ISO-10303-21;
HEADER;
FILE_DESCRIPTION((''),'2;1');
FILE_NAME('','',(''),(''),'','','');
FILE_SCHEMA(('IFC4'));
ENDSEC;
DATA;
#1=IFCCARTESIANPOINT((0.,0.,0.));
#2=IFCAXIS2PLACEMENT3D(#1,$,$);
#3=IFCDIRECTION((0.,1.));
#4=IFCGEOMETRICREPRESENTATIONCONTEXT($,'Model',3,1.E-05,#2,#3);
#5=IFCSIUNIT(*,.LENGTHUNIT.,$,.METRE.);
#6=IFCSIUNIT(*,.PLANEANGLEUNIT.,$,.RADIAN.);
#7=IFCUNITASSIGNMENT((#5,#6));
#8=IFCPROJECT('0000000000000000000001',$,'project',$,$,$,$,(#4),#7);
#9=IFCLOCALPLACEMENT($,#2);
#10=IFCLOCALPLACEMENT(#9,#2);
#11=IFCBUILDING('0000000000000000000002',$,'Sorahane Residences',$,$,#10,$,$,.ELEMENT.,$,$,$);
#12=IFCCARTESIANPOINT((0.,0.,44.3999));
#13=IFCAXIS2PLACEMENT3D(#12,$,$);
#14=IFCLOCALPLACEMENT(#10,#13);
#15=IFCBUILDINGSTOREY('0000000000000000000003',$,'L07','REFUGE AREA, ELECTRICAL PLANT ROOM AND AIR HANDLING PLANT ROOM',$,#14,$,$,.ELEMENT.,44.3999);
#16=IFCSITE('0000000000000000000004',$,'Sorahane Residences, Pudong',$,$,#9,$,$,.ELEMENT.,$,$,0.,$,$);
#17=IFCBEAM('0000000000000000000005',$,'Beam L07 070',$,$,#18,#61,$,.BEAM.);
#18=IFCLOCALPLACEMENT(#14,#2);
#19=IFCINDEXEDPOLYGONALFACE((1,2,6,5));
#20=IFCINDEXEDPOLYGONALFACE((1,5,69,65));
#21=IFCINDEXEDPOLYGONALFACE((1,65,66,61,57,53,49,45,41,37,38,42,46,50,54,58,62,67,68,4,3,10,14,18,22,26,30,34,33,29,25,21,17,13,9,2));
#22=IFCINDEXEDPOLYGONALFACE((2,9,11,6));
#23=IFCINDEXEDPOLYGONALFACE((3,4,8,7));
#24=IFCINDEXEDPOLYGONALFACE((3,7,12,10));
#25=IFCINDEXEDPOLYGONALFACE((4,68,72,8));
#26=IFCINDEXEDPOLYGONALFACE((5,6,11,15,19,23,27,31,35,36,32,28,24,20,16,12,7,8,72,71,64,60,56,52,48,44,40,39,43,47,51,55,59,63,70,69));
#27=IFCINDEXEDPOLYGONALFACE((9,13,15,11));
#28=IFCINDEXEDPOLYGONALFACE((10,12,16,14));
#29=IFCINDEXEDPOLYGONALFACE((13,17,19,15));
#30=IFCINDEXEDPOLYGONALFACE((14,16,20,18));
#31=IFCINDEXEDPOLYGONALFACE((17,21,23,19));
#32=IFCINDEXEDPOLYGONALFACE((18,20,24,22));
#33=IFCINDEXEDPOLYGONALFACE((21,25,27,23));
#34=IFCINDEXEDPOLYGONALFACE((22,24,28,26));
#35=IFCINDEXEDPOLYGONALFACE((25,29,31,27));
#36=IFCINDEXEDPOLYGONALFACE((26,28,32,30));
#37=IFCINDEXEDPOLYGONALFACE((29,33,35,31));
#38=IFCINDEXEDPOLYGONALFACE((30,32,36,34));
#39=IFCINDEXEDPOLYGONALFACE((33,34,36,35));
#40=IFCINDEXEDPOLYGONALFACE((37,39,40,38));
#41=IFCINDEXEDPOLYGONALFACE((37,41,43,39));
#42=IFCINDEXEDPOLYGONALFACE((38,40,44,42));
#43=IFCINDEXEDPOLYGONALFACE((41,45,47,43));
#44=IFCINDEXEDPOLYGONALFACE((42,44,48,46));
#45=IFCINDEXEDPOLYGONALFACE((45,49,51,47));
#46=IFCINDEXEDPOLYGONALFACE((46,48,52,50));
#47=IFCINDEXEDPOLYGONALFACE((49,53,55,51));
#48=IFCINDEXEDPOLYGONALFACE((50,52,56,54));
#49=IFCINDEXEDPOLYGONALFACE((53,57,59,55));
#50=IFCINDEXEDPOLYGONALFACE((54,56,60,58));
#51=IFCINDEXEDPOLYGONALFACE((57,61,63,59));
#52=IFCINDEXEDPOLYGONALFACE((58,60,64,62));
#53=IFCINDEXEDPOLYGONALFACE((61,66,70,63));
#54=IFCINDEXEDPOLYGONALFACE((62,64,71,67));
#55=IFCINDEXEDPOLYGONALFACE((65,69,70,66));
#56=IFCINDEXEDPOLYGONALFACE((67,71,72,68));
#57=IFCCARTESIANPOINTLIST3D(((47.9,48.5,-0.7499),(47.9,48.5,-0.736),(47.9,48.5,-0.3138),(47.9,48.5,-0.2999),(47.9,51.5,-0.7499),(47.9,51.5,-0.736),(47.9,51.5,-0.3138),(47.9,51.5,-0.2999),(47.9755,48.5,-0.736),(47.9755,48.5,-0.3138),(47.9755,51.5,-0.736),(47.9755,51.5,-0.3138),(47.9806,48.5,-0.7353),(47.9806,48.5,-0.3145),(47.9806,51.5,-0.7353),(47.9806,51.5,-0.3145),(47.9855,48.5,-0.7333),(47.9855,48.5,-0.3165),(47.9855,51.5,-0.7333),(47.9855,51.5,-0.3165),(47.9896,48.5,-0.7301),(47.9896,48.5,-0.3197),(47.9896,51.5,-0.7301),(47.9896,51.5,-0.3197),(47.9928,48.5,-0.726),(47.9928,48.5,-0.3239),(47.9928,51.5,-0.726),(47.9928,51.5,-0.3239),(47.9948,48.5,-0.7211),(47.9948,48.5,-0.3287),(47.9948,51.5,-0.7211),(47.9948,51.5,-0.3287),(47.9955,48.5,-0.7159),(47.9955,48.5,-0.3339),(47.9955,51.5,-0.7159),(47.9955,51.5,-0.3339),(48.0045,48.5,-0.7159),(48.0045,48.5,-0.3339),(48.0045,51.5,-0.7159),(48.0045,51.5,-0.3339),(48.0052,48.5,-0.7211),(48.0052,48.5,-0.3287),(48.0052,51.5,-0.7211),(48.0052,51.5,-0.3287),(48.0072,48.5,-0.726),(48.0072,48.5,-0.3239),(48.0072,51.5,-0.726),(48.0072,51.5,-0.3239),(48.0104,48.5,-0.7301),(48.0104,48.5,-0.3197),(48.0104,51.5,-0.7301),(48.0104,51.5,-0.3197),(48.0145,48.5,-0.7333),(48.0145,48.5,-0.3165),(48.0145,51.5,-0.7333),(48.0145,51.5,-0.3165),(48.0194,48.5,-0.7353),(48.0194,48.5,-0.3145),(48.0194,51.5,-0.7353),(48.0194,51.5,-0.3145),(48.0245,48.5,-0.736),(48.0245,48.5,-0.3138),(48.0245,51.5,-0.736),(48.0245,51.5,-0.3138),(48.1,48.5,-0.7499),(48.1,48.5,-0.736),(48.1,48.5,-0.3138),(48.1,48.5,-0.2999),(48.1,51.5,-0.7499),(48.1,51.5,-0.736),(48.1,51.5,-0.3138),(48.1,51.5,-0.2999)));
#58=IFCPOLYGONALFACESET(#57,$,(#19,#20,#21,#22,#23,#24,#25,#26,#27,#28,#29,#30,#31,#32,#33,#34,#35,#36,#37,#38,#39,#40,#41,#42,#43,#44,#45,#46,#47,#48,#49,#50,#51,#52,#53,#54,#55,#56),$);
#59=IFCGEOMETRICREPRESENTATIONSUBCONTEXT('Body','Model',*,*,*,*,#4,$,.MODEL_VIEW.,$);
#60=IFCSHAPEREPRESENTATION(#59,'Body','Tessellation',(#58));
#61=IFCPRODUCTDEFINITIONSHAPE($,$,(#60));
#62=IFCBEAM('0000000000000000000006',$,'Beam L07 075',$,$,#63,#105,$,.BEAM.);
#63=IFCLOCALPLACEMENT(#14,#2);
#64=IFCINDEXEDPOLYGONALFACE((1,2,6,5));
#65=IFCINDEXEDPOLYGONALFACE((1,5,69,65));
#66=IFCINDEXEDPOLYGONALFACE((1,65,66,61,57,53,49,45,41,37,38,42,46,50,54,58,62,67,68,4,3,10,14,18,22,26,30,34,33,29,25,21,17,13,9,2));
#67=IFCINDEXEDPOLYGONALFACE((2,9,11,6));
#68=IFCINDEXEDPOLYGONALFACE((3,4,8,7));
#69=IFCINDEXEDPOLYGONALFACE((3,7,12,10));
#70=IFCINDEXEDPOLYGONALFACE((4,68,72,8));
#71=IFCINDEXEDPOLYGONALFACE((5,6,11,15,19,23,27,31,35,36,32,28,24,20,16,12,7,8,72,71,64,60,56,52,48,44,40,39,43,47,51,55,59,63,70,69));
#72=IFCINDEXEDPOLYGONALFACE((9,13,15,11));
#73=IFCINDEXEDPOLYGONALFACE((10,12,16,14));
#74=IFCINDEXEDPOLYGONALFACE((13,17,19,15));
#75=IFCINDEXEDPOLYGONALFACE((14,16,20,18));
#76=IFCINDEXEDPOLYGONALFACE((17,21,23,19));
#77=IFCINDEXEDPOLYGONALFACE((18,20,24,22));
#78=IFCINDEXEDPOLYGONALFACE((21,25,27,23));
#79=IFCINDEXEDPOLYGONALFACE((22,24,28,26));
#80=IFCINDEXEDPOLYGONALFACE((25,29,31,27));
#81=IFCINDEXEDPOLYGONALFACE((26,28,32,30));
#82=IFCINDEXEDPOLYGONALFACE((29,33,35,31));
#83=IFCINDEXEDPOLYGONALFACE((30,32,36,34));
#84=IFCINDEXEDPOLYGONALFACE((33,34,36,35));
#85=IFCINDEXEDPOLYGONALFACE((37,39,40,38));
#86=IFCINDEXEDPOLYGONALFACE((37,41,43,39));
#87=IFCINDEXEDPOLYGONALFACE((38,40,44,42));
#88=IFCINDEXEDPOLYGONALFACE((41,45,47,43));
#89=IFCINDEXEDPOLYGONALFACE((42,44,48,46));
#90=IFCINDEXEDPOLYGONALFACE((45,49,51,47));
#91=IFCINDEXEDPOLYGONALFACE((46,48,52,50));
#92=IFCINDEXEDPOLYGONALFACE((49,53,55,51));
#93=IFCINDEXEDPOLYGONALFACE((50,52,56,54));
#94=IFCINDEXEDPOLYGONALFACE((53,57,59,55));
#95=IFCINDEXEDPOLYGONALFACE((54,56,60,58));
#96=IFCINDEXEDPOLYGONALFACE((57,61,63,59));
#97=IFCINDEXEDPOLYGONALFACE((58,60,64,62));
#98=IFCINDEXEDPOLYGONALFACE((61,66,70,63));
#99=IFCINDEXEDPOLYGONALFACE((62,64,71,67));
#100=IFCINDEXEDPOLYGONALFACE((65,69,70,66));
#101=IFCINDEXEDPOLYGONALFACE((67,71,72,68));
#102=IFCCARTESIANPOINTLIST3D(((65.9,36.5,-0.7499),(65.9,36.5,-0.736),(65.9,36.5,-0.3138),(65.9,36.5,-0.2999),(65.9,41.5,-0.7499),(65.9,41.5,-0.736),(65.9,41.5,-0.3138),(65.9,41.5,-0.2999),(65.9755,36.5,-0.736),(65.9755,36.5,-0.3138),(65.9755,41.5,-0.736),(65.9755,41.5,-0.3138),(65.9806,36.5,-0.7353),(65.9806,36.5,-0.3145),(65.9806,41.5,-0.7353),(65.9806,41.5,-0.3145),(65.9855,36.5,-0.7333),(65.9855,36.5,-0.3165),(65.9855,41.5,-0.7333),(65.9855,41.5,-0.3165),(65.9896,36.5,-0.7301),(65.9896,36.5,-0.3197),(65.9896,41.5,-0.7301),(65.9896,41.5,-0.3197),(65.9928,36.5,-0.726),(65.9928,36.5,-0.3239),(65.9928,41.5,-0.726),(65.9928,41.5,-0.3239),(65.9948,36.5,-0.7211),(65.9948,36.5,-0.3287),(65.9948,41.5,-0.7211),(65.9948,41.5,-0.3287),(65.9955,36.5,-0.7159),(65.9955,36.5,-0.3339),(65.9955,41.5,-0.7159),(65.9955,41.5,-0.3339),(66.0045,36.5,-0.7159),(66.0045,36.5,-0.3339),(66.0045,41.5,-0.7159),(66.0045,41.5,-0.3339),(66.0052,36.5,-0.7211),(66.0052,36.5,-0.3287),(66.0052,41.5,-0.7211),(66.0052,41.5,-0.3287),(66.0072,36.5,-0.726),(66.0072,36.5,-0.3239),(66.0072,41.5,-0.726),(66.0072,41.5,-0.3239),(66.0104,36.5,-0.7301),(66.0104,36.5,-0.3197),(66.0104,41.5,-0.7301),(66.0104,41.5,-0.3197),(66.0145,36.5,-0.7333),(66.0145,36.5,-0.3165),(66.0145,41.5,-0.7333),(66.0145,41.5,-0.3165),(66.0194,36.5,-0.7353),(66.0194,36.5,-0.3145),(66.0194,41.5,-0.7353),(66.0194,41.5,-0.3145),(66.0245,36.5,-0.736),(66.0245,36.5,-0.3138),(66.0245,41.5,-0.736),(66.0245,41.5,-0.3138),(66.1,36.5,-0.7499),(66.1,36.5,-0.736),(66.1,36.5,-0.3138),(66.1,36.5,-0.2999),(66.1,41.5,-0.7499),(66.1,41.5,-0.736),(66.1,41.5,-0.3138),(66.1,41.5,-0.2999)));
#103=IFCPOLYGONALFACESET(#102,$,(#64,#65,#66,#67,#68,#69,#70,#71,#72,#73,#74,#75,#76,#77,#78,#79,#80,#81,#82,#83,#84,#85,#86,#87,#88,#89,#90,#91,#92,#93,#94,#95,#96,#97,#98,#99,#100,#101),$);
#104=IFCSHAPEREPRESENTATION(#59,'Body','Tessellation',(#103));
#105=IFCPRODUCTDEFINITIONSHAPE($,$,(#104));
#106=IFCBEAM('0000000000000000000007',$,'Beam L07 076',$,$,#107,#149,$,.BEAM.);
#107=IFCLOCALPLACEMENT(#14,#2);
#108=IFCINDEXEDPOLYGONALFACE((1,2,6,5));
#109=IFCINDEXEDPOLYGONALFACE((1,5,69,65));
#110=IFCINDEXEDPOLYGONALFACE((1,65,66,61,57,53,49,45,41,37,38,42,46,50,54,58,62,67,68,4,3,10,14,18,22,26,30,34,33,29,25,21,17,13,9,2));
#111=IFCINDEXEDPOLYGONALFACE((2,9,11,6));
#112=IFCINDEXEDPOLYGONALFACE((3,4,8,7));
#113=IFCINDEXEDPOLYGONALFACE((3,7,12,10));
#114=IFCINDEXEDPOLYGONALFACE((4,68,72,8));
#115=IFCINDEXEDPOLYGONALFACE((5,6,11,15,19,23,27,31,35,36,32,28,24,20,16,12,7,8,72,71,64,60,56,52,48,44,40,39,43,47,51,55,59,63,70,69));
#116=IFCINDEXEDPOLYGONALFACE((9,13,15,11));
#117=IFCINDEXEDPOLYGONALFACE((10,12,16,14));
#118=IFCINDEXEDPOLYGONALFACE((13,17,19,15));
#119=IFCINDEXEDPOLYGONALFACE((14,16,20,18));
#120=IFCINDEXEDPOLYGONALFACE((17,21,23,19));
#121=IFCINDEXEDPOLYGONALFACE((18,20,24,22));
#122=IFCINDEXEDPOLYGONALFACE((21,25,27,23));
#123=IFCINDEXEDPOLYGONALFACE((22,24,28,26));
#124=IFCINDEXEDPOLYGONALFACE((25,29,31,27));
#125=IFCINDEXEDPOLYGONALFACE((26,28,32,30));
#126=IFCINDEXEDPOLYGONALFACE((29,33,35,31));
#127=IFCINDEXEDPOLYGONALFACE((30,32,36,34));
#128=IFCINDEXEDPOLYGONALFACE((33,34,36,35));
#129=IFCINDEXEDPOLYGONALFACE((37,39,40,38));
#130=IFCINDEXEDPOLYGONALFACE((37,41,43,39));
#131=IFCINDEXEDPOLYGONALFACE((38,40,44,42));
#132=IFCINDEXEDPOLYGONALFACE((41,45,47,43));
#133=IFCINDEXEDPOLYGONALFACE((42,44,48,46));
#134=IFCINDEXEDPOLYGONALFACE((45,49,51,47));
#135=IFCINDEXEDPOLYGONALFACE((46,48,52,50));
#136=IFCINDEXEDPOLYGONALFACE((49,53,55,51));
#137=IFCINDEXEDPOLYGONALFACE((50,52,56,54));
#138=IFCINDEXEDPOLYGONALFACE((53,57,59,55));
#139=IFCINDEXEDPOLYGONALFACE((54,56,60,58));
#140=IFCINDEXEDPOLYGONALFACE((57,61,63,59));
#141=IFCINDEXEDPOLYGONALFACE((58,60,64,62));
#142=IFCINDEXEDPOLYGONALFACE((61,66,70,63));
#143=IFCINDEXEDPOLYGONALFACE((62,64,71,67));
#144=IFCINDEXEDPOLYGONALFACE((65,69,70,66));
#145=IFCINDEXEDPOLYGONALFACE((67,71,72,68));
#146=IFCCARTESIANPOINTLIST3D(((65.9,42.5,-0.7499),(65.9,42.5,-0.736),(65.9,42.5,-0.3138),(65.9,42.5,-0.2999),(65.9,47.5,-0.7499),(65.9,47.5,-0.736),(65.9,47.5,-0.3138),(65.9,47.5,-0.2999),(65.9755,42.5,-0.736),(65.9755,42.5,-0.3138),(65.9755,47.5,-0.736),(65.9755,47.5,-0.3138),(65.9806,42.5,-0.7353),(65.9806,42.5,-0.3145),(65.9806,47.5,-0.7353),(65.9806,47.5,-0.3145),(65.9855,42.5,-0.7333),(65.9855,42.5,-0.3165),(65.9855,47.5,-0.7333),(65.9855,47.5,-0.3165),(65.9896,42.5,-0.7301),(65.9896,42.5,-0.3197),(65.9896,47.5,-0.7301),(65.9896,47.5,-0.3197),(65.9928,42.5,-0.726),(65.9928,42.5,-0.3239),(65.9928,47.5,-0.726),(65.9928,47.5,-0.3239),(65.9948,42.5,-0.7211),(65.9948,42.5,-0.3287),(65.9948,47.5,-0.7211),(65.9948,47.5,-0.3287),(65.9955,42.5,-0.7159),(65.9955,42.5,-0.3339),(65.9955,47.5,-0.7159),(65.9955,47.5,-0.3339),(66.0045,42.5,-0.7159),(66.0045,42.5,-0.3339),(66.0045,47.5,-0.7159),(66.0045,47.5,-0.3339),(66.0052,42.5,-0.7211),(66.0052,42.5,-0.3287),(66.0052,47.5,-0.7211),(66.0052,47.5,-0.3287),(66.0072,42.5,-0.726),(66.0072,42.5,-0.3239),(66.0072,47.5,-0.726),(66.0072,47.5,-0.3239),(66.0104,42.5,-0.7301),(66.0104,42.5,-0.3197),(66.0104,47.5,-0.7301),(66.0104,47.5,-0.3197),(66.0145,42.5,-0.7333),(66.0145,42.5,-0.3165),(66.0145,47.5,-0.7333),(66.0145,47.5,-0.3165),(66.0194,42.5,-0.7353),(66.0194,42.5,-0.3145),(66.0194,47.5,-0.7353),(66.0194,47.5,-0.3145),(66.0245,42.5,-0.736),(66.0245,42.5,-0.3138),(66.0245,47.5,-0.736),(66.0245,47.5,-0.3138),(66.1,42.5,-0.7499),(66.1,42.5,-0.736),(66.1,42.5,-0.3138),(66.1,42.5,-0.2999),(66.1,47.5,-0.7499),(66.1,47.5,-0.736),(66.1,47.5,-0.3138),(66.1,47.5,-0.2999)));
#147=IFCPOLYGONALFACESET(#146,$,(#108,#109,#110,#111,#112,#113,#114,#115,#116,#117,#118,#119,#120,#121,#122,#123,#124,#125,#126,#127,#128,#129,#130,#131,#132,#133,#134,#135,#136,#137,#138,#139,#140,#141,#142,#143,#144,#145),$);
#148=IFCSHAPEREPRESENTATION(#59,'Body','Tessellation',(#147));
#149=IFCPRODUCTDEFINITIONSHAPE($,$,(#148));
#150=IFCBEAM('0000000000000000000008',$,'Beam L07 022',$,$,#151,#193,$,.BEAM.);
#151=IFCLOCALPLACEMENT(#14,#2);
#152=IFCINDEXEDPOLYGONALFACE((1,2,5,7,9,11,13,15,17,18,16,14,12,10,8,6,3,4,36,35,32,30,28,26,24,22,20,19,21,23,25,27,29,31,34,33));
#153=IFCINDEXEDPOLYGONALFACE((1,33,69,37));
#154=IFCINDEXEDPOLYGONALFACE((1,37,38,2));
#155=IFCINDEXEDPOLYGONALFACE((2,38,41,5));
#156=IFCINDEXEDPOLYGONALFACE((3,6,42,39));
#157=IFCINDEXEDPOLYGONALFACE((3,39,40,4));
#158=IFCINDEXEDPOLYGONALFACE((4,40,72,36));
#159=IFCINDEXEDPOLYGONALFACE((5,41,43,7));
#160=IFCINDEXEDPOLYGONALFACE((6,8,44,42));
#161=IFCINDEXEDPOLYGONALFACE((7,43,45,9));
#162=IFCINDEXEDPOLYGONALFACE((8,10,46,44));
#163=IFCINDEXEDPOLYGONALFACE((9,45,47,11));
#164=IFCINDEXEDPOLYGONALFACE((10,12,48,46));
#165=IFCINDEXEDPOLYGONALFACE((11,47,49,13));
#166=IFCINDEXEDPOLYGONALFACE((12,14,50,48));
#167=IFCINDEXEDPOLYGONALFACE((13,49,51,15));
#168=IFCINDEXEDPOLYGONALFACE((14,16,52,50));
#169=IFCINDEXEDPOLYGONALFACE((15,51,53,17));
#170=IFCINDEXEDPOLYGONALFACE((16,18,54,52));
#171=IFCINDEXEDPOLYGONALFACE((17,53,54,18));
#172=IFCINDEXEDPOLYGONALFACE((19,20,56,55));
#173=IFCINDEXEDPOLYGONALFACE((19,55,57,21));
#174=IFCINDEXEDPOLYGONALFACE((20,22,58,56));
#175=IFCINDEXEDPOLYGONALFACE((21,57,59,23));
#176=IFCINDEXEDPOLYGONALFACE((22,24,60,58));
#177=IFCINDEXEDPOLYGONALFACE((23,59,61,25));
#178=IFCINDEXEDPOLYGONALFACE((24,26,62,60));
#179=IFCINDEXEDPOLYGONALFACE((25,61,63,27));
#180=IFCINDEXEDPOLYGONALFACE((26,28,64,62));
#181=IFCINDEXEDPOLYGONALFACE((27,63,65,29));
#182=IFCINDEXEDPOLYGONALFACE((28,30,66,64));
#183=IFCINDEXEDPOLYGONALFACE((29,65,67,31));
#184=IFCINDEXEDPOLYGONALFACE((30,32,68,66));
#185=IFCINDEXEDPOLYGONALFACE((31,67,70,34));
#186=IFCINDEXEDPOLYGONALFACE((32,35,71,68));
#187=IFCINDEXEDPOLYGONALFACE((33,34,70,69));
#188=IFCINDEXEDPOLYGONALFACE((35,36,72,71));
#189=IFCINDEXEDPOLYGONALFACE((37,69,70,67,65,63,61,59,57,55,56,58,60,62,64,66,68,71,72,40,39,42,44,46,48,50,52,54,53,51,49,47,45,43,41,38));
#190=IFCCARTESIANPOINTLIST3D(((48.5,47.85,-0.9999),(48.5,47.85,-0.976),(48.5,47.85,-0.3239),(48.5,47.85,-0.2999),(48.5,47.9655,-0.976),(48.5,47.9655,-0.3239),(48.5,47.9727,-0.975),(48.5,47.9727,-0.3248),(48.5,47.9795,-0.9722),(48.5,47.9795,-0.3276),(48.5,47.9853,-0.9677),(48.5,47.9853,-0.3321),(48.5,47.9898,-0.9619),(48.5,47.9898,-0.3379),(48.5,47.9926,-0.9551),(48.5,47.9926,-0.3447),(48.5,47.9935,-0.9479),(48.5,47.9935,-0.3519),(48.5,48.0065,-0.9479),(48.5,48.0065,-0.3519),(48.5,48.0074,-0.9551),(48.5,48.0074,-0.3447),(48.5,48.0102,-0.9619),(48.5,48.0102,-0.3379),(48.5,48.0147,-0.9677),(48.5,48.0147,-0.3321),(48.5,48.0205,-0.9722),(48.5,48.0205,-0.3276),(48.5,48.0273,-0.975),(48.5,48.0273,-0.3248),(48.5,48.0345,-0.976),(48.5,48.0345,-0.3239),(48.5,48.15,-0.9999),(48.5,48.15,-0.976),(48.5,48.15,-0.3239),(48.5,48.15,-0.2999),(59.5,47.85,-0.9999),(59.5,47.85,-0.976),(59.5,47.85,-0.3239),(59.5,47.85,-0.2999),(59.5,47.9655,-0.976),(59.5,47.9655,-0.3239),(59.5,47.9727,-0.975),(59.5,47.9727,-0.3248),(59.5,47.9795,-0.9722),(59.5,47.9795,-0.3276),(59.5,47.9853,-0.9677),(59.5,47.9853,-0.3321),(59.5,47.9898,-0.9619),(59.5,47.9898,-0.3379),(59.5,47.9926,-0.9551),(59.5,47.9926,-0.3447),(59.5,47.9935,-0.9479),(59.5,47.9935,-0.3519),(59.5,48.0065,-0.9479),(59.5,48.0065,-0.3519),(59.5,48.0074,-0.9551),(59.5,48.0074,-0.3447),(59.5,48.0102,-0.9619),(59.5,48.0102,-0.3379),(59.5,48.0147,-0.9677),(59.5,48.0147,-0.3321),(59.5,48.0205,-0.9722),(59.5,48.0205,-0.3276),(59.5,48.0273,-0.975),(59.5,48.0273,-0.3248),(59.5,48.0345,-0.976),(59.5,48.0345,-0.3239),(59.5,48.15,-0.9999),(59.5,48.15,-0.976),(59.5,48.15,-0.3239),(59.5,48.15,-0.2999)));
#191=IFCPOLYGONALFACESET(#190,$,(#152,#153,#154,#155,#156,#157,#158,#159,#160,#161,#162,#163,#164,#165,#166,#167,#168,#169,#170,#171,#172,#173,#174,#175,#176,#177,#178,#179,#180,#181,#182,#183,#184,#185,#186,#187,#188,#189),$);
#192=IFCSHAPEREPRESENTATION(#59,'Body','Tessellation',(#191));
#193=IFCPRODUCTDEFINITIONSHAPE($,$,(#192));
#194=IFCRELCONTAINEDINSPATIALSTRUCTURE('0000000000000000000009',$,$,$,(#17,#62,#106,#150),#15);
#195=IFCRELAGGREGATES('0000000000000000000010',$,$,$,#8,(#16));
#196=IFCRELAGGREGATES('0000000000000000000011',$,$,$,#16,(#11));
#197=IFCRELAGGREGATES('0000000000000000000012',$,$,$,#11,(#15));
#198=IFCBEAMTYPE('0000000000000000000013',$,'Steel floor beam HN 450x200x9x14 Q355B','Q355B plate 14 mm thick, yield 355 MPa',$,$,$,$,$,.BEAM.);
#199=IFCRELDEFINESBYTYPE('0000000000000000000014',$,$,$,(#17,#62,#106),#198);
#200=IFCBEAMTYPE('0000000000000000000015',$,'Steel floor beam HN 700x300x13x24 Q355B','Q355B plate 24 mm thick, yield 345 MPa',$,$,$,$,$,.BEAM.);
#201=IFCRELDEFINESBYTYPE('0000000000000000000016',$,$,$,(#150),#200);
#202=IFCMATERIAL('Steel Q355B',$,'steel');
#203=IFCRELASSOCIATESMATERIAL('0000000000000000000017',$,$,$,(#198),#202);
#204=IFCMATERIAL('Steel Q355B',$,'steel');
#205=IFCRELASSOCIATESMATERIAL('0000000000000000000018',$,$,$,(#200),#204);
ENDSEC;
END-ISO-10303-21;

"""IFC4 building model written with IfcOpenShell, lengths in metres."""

from ifc_helpers import new_model, si_unit, direction, frame, origin, origin_2d, place, context, subcontext, project, spatial, i_section, extrude, material, material_profile, profile_set, type_object, element, save


model = new_model("IFC4")

# Units and contexts
model_context = context("Model", 3, precision=1e-05, world=origin(), true_north=direction((0.0, 1.0)))
body_context = subcontext(model_context, "Body", "Model", "MODEL_VIEW")
ifc_project = project(units=[si_unit("LENGTHUNIT", "METRE"), si_unit("PLANEANGLEUNIT", "RADIAN")], contexts=[model_context])

# Site, building, storey
site_placement = place(None, origin())
site = spatial("IfcSite", under=ifc_project, at=site_placement, Name="Sorahane Residences, Pudong", CompositionType="ELEMENT", RefElevation=0.0)
building_placement = place(site_placement, origin())
building = spatial("IfcBuilding", under=site, at=building_placement, Name="Sorahane Residences", CompositionType="ELEMENT")
storey_placement = place(building_placement, frame((0.0, 0.0, 44.3999)))
storey = spatial("IfcBuildingStorey", under=building, at=storey_placement, Name="L07", Description="REFUGE AREA, ELECTRICAL PLANT ROOM AND AIR HANDLING PLANT ROOM", CompositionType="ELEMENT", Elevation=44.3999)

# Beams
ifc_material_1 = material(Name="Steel Q355B", Category="steel")
ifc_material_profile_1 = material_profile(ifc_material_1, i_section(OverallWidth=0.2, OverallDepth=0.45, WebThickness=0.009, FlangeThickness=0.0139, FilletRadius=0.02, at=origin_2d()), Name="HN 450x200x9x14")
ifc_profile_set_1 = profile_set([ifc_material_profile_1], Name="Steel Q355B")
beam_type_1 = type_object("IfcBeamType", Name="Steel floor beam HN 450x200x9x14 Q355B", Description="Q355B plate 14 mm thick, yield 355 MPa", PredefinedType="BEAM", material=ifc_profile_set_1)
beam_1_placement = place(storey_placement, frame((48.0, 48.5, -0.5249), z_axis=(0.0, 1.0, 0.0), x_axis=(-1.0, 0.0, 0.0)))
element("IfcBeam", 1, at=beam_1_placement, inside=storey, type_object=beam_type_1, Name="Beam L07 070", PredefinedType="BEAM", context=body_context, shape_type="SweptSolid", body=[
    extrude(i_section(OverallWidth=0.2, OverallDepth=0.45, WebThickness=0.009, FlangeThickness=0.0139, FilletRadius=0.02, at=origin_2d()), origin(), (0.0, 0.0, 1.0), 3.0),
])
for number, where, z_axis, x_axis, name in (
    (2, (66.0, 36.5, -0.5249), (0.0, 1.0, 0.0), (-1.0, 0.0, 0.0), "Beam L07 075"),
    (3, (66.0, 42.5, -0.5249), (0.0, 1.0, 0.0), (-1.0, 0.0, 0.0), "Beam L07 076"),
):
    element("IfcBeam", number, at=place(storey_placement, frame(where, z_axis=z_axis, x_axis=x_axis)), inside=storey, type_object=beam_type_1, Name=name, PredefinedType="BEAM", context=body_context, shape_type="SweptSolid", body=[
        extrude(i_section(OverallWidth=0.2, OverallDepth=0.45, WebThickness=0.009, FlangeThickness=0.0139, FilletRadius=0.02, at=origin_2d()), origin(), (0.0, 0.0, 1.0), 5.0),
    ])
ifc_material_2 = material(Name="Steel Q355B", Category="steel")
ifc_material_profile_2 = material_profile(ifc_material_2, i_section(OverallWidth=0.3, OverallDepth=0.7, WebThickness=0.0129, FlangeThickness=0.0239, FilletRadius=0.0281, at=origin_2d()), Name="HN 700x300x13x24")
ifc_profile_set_2 = profile_set([ifc_material_profile_2], Name="Steel Q355B")
beam_type_2 = type_object("IfcBeamType", Name="Steel floor beam HN 700x300x13x24 Q355B", Description="Q355B plate 24 mm thick, yield 345 MPa", PredefinedType="BEAM", material=ifc_profile_set_2)
beam_2_placement = place(storey_placement, frame((48.5, 48.0, -0.6499), z_axis=(1.0, 0.0, 0.0), x_axis=(0.0, 1.0, 0.0)))
element("IfcBeam", 4, at=beam_2_placement, inside=storey, type_object=beam_type_2, Name="Beam L07 022", PredefinedType="BEAM", context=body_context, shape_type="SweptSolid", body=[
    extrude(i_section(OverallWidth=0.3, OverallDepth=0.7, WebThickness=0.0129, FlangeThickness=0.0239, FilletRadius=0.0281, at=origin_2d()), origin(), (0.0, 0.0, 1.0), 11.0),
])

save(model, "model.ifc")
